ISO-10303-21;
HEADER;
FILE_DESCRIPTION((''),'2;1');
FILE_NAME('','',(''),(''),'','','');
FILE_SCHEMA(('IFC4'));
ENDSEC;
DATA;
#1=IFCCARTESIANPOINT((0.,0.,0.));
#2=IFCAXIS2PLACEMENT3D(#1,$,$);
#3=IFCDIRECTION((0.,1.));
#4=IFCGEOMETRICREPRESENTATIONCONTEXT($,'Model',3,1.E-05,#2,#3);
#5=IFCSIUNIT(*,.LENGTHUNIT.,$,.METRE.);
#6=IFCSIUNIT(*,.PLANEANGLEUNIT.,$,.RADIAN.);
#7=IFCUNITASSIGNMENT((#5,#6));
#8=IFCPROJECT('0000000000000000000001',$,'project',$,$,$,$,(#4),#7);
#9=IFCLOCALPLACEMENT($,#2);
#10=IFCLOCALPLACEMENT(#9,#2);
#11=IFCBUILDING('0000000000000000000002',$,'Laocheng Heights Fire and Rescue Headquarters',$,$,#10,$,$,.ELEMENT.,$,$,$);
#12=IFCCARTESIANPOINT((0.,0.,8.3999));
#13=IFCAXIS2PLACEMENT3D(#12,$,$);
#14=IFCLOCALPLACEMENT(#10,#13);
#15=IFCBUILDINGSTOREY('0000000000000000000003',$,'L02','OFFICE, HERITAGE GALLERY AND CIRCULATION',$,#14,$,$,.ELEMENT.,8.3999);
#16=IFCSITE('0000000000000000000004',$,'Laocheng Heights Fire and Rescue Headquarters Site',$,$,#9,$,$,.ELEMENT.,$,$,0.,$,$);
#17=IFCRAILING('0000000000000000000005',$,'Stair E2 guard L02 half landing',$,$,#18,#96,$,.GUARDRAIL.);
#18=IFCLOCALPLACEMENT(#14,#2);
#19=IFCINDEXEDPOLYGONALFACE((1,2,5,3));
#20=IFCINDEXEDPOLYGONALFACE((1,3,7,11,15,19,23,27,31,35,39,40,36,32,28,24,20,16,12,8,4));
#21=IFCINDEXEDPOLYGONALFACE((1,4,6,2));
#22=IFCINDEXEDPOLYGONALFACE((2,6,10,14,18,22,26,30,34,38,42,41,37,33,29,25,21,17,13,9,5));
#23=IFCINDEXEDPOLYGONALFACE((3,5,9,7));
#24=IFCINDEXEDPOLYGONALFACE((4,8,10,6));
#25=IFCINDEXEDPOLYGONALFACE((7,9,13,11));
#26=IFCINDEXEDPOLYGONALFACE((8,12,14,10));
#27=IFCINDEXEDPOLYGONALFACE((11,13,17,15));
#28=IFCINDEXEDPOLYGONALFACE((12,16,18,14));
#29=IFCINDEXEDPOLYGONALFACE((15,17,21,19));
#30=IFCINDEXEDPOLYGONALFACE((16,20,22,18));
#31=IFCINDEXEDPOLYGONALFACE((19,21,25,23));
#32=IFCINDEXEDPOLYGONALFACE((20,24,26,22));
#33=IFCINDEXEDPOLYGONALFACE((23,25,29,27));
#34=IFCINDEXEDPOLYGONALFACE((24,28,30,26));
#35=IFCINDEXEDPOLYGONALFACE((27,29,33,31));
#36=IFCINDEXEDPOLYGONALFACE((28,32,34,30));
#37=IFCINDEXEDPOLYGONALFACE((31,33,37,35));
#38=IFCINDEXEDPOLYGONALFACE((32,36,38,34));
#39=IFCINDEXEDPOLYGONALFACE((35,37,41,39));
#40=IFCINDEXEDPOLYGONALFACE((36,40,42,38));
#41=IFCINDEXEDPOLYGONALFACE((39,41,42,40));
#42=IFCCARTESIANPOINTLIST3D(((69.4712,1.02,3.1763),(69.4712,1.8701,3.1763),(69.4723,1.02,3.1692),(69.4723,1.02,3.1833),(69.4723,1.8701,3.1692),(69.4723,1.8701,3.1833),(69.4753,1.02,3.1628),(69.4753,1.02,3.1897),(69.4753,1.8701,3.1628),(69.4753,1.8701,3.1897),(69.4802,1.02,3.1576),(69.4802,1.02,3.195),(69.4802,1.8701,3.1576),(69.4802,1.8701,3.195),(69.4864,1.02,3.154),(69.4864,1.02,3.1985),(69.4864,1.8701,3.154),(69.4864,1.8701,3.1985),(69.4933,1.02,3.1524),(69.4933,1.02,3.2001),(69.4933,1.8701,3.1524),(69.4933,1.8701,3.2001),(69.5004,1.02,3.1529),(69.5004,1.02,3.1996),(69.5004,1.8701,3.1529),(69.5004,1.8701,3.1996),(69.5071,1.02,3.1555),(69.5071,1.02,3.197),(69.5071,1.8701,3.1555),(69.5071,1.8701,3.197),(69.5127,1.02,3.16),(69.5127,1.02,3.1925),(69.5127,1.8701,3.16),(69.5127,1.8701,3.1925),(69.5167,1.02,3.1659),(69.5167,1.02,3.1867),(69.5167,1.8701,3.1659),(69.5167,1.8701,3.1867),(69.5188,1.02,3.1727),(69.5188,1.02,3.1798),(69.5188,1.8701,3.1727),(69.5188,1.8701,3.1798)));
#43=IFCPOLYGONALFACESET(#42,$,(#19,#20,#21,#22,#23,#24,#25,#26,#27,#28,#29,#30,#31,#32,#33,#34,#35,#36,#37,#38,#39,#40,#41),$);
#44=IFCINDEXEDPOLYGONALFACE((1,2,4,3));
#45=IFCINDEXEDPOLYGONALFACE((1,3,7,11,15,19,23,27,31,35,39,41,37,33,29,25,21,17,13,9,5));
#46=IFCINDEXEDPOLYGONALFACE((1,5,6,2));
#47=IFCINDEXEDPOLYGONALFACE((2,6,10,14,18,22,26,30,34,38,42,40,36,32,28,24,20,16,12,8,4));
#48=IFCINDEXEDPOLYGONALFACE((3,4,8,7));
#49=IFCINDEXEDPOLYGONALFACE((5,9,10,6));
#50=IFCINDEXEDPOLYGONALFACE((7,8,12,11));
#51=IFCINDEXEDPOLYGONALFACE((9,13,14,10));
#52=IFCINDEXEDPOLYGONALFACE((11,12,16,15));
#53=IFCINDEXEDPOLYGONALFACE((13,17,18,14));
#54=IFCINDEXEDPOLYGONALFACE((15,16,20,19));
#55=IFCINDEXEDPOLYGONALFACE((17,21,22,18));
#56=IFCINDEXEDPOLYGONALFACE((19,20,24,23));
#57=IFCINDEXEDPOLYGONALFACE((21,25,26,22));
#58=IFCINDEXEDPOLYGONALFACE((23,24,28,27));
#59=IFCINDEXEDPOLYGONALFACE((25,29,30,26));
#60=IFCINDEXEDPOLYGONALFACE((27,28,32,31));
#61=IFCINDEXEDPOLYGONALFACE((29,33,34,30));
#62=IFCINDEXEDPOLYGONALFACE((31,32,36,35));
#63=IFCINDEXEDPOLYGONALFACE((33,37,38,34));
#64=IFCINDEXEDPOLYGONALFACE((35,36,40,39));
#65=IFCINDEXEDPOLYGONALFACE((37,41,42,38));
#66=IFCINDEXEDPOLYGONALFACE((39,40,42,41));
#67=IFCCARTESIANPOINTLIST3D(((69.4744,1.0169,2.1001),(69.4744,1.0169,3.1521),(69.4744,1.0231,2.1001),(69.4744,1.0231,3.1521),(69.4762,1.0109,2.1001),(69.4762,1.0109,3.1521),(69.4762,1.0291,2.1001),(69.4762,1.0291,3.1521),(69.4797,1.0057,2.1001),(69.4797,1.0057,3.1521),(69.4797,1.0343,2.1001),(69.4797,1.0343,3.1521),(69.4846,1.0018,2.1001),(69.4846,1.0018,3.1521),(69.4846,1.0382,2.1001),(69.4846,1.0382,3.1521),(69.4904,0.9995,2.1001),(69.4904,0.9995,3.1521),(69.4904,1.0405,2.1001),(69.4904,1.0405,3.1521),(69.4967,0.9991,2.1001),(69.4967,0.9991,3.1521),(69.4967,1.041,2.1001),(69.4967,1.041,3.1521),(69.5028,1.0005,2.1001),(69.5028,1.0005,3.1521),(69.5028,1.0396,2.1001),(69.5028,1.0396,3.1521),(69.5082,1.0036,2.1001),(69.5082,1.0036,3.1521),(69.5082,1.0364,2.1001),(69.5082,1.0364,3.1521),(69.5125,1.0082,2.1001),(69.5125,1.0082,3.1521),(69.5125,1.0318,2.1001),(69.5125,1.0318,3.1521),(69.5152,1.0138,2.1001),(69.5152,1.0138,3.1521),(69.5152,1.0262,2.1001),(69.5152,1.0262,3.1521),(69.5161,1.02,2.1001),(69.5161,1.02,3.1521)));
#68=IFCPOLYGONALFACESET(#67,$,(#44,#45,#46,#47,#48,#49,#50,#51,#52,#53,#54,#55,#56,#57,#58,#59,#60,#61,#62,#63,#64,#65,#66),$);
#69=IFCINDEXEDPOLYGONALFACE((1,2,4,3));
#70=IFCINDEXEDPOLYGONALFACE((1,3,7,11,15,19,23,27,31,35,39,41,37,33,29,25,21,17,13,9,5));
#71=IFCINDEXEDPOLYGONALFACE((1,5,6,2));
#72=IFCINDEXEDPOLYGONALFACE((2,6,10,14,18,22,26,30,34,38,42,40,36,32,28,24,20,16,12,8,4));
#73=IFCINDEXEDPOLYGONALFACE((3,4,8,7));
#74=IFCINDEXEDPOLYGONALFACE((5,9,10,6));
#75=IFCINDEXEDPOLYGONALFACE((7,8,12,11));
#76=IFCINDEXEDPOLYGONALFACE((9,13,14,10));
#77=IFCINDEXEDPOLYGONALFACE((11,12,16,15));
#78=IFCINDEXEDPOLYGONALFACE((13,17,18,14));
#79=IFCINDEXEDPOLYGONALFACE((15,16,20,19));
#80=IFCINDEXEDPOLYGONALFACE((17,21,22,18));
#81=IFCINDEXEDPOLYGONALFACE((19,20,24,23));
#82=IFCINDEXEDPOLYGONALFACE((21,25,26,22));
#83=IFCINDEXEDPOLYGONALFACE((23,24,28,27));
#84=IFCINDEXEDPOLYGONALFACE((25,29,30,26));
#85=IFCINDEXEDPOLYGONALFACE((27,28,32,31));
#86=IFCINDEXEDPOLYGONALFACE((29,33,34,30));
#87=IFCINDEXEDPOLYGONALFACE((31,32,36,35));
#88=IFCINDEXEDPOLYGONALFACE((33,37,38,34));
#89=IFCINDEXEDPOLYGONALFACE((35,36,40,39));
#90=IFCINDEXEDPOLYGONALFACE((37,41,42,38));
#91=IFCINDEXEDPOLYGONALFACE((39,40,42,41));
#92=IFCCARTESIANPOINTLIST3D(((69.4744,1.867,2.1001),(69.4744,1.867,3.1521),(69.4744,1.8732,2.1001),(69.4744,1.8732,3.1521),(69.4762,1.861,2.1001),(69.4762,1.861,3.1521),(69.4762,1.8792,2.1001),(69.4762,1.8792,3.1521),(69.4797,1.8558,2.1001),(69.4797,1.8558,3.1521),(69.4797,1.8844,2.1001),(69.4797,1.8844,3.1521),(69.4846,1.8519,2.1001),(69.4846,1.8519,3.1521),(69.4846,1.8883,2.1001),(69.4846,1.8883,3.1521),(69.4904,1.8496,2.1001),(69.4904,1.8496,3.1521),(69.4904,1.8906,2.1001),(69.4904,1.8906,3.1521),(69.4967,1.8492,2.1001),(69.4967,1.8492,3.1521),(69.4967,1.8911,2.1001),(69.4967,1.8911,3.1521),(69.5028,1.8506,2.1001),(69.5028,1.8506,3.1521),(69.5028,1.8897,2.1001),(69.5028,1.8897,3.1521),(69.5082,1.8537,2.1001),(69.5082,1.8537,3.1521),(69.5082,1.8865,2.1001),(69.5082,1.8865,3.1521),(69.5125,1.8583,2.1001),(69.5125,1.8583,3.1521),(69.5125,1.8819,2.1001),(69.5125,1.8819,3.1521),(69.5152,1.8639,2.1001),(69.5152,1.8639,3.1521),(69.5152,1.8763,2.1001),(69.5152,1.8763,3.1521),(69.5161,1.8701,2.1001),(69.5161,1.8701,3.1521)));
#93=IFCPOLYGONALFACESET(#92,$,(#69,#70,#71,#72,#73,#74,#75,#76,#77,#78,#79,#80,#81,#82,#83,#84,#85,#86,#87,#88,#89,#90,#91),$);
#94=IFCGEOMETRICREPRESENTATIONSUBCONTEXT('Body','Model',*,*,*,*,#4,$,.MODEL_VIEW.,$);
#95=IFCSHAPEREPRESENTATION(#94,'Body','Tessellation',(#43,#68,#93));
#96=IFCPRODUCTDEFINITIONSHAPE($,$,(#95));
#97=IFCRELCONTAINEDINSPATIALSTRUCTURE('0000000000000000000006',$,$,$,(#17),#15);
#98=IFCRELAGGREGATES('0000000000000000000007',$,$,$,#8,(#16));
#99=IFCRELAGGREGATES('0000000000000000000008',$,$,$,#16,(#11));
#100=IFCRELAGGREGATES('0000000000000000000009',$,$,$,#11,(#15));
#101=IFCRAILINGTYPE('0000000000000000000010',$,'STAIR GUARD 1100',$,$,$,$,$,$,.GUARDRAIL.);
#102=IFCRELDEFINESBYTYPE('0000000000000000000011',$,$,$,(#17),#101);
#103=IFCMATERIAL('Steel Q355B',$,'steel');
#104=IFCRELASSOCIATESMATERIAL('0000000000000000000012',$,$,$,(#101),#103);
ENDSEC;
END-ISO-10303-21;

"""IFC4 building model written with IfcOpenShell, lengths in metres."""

from ifc_helpers import new_model, si_unit, direction, frame, origin, origin_2d, place, context, subcontext, project, spatial, circle, extrude, material, type_object, element, save


model = new_model("IFC4")

# Units and contexts
model_context = context("Model", 3, precision=1e-05, world=origin(), true_north=direction((0.0, 1.0)))
body_context = subcontext(model_context, "Body", "Model", "MODEL_VIEW")
ifc_project = project(units=[si_unit("LENGTHUNIT", "METRE"), si_unit("PLANEANGLEUNIT", "RADIAN")], contexts=[model_context])

# Site, building, storey
site_placement = place(None, origin())
site = spatial("IfcSite", under=ifc_project, at=site_placement, Name="Laocheng Heights Fire and Rescue Headquarters Site", CompositionType="ELEMENT", RefElevation=0.0)
building_placement = place(site_placement, origin())
building = spatial("IfcBuilding", under=site, at=building_placement, Name="Laocheng Heights Fire and Rescue Headquarters", CompositionType="ELEMENT")
storey_placement = place(building_placement, frame((0.0, 0.0, 8.3999)))
storey = spatial("IfcBuildingStorey", under=building, at=storey_placement, Name="L02", Description="OFFICE, HERITAGE GALLERY AND CIRCULATION", CompositionType="ELEMENT", Elevation=8.3999)

# Railing
ifc_material_1 = material(Name="Steel Q355B", Category="steel")
railing_type_1 = type_object("IfcRailingType", Name="STAIR GUARD 1100", PredefinedType="GUARDRAIL", material=ifc_material_1)
railing_1_placement = place(storey_placement, frame((69.4951, 1.02, 2.1001)))
element("IfcRailing", 1, at=railing_1_placement, inside=storey, type_object=railing_type_1, Name="Stair E2 guard L02 half landing", PredefinedType="GUARDRAIL", context=body_context, shape_type="SweptSolid", body=[
    extrude(circle(Radius=0.0239, at=origin_2d()), frame((0.0, 0.0, 1.0762), z_axis=(0.0, 1.0, 0.0), x_axis=(-1.0, 0.0, 0.0)), (0.0, 0.0, 1.0), 0.8501),
    extrude(circle(Radius=0.021, at=origin_2d()), origin(), (0.0, 0.0, 1.0), 1.052),
    extrude(circle(Radius=0.021, at=origin_2d()), frame((0.0, 0.8501, 0.0)), (0.0, 0.0, 1.0), 1.052),
])

save(model, "model.ifc")
